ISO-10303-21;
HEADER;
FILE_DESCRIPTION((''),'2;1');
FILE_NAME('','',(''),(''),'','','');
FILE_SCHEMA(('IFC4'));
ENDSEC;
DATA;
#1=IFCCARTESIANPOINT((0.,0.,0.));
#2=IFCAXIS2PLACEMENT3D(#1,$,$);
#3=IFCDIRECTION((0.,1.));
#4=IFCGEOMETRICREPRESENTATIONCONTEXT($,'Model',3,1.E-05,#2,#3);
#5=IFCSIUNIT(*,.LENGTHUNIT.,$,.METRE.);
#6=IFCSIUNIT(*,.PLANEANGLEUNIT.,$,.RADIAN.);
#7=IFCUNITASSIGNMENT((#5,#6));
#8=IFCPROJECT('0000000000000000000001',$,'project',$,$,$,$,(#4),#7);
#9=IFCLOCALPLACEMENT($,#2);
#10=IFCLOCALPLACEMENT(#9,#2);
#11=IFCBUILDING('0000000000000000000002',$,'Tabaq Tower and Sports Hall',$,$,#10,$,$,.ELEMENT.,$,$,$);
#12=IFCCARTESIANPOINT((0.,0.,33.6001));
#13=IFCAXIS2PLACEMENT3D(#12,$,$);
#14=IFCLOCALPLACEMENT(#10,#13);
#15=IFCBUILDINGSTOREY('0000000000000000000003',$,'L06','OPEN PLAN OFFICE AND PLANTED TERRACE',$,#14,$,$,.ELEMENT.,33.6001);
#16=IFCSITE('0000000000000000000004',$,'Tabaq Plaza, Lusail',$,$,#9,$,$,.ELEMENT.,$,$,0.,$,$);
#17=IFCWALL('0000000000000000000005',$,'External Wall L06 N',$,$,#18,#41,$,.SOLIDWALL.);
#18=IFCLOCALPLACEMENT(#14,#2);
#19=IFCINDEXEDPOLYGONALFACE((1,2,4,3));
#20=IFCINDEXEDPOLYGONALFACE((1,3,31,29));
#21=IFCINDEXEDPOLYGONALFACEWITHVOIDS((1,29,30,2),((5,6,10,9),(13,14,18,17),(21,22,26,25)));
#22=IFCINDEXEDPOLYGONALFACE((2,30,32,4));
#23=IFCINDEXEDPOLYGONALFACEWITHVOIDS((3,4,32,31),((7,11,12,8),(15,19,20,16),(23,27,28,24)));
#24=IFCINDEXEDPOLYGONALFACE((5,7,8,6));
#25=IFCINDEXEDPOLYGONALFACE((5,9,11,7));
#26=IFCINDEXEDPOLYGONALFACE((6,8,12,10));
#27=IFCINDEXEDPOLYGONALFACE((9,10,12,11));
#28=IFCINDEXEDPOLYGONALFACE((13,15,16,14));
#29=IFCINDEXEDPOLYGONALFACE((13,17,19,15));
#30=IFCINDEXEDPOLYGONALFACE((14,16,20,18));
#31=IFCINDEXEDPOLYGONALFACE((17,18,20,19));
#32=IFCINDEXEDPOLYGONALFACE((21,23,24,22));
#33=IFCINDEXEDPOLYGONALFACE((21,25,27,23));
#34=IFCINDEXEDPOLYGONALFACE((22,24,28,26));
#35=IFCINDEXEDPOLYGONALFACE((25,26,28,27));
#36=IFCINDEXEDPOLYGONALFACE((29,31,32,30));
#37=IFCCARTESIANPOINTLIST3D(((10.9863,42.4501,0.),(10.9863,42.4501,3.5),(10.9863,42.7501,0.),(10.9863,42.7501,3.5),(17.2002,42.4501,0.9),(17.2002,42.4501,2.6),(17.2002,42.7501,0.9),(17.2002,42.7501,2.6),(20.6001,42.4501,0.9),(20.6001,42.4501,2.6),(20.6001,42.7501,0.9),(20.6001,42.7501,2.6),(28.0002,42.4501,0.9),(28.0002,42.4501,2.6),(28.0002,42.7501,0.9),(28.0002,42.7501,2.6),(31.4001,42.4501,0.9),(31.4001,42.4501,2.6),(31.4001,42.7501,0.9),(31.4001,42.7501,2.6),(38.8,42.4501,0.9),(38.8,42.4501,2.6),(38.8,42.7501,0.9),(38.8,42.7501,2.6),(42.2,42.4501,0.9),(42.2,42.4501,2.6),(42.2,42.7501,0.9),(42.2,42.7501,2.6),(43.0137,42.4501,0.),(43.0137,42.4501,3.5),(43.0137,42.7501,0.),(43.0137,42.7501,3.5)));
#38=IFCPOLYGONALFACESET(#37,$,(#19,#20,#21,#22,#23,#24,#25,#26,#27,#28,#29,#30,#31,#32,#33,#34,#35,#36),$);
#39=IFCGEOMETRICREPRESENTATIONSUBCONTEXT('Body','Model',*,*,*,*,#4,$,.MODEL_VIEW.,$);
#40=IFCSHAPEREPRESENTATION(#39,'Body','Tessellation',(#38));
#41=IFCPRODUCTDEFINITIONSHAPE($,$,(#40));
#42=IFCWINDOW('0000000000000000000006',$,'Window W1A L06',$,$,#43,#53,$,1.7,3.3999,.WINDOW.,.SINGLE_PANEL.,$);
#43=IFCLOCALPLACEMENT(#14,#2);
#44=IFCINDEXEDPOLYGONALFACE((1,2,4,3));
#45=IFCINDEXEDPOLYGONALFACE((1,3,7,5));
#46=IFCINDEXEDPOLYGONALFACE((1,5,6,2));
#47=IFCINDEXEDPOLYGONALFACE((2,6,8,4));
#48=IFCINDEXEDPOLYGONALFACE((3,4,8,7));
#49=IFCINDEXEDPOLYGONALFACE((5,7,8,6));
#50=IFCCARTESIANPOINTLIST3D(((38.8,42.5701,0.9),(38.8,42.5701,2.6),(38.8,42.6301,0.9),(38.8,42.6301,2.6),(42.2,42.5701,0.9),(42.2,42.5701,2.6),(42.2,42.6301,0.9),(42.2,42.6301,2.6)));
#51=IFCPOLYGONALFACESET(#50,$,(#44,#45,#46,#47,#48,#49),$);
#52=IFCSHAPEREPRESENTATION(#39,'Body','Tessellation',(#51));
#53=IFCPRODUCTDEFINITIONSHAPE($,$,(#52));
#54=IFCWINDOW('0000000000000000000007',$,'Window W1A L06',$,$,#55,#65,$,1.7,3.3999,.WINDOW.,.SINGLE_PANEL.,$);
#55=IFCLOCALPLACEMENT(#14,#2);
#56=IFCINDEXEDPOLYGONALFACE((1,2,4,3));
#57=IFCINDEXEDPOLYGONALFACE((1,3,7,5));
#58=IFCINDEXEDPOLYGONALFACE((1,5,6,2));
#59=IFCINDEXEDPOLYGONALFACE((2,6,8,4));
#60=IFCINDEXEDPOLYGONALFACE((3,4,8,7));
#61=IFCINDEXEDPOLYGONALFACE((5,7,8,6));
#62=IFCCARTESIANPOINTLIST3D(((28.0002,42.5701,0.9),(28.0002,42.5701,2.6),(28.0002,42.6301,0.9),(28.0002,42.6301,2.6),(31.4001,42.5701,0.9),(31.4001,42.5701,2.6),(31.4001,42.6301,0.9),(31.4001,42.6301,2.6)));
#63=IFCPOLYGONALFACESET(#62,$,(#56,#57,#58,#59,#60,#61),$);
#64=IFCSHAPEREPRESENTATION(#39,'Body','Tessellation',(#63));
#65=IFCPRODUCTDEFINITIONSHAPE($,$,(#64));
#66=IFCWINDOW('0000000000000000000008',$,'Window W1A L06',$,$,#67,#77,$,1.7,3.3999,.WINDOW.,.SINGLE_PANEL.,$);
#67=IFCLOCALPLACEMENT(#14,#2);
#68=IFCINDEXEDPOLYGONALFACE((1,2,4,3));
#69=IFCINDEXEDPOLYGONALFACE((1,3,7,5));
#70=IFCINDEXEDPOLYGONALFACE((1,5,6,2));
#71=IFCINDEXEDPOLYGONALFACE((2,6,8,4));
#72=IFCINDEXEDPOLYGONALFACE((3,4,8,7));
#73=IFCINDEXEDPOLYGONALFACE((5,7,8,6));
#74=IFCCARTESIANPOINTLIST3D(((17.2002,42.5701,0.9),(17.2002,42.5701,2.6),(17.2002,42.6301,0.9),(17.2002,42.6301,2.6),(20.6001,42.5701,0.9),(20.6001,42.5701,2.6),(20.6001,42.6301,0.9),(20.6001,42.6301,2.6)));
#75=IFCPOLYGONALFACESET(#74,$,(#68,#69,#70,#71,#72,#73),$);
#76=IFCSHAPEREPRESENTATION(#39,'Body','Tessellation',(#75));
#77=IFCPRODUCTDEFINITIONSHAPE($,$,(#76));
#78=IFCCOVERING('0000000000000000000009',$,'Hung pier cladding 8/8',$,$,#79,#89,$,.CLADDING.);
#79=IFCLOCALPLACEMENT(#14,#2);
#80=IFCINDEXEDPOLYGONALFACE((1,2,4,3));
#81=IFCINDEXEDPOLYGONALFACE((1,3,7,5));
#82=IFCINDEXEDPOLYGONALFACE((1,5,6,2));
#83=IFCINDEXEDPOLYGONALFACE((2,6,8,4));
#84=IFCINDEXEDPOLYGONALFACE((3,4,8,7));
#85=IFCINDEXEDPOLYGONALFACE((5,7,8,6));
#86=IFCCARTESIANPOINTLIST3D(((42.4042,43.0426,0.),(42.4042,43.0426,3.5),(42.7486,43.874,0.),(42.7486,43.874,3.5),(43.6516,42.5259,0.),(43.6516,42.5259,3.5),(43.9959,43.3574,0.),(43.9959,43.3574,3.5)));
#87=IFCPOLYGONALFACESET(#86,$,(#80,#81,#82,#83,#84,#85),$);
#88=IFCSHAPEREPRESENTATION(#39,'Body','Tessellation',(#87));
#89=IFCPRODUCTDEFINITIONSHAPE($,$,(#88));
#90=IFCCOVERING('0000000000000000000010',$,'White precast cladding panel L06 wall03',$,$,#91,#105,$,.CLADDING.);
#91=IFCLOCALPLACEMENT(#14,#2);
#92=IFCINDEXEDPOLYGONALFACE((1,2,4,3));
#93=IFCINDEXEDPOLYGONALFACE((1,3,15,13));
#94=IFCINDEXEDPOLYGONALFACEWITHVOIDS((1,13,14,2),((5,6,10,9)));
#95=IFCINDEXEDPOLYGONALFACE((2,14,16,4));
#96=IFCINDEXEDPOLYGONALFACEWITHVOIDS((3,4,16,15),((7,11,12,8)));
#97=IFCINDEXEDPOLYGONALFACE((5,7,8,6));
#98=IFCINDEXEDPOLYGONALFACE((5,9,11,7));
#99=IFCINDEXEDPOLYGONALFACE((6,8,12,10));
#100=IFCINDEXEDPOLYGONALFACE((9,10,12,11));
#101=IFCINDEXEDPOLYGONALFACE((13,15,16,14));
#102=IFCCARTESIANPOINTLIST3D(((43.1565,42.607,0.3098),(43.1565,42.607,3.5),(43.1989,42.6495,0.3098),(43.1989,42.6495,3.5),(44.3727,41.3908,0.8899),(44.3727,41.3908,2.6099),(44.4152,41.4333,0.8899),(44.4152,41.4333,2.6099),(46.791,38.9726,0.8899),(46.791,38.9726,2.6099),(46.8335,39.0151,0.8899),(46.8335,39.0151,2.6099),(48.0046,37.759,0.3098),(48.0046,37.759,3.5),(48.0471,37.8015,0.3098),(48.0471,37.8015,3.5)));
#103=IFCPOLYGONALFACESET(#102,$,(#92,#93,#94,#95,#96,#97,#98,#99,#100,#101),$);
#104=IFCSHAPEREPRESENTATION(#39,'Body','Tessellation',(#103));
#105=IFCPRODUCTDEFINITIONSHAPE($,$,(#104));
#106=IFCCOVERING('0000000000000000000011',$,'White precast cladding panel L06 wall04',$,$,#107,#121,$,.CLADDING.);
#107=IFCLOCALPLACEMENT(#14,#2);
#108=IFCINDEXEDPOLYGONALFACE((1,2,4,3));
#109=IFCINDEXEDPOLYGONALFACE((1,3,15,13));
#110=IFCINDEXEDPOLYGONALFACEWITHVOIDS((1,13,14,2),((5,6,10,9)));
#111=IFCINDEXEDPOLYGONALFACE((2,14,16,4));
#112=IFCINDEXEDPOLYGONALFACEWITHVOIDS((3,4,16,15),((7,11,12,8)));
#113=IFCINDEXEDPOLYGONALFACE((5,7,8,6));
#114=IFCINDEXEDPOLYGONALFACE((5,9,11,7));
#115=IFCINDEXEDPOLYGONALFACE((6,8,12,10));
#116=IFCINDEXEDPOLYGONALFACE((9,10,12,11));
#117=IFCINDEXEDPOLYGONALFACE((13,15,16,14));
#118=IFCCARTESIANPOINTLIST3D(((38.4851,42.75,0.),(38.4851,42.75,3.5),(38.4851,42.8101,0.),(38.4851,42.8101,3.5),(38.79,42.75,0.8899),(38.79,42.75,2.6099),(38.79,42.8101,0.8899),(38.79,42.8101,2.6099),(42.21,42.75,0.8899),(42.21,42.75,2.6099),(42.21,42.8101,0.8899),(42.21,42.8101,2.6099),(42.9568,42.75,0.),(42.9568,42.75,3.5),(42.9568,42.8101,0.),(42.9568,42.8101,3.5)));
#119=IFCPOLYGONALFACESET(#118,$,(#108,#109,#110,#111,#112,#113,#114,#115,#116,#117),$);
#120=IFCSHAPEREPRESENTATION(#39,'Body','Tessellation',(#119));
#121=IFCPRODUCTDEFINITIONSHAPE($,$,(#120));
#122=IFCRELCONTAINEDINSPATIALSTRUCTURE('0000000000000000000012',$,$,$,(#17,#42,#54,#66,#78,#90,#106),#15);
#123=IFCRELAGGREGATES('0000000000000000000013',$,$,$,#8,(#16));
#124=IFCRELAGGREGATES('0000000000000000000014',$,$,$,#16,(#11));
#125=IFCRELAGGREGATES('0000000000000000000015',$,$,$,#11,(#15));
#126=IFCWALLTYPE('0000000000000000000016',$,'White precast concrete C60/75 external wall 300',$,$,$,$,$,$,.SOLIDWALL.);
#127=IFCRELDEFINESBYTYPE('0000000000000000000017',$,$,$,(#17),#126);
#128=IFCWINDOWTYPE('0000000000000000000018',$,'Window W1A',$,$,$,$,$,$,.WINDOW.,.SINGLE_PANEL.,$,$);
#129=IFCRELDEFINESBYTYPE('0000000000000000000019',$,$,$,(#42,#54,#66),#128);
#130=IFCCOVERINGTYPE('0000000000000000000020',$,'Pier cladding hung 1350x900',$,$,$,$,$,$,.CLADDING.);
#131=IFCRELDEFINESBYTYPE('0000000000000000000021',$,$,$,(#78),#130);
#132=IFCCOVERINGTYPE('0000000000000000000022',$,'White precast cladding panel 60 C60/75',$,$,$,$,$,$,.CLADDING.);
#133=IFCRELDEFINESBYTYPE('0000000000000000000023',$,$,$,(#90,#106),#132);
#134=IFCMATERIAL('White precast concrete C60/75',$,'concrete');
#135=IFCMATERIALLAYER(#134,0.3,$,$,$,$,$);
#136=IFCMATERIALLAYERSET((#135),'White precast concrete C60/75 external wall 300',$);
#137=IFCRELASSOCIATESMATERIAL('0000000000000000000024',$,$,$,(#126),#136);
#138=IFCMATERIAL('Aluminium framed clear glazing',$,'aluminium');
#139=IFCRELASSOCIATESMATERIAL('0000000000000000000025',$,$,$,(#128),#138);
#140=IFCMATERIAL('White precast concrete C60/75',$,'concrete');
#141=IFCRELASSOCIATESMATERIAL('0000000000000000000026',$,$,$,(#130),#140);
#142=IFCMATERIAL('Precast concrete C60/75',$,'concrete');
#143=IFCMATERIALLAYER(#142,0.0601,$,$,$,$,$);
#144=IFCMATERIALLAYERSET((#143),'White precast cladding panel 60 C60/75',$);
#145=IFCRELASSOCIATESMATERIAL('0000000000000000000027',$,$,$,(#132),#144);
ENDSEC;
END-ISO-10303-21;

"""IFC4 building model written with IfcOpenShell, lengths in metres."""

from ifc_helpers import new_model, si_unit, direction, frame, frame_2d, origin, place, context, subcontext, project, spatial, polyline, rectangle, outline, extrude, material, layer, layer_set, type_object, element, fill, save


model = new_model("IFC4")

# Units and contexts
model_context = context("Model", 3, precision=1e-05, world=origin(), true_north=direction((0.0, 1.0)))
body_context = subcontext(model_context, "Body", "Model", "MODEL_VIEW")
ifc_project = project(units=[si_unit("LENGTHUNIT", "METRE"), si_unit("PLANEANGLEUNIT", "RADIAN")], contexts=[model_context])

# Site, building, storey
site_placement = place(None, origin())
site = spatial("IfcSite", under=ifc_project, at=site_placement, Name="Tabaq Plaza, Lusail", CompositionType="ELEMENT", RefElevation=0.0)
building_placement = place(site_placement, origin())
building = spatial("IfcBuilding", under=site, at=building_placement, Name="Tabaq Tower and Sports Hall", CompositionType="ELEMENT")
storey_placement = place(building_placement, frame((0.0, 0.0, 33.6001)))
storey = spatial("IfcBuildingStorey", under=building, at=storey_placement, Name="L06", Description="OPEN PLAN OFFICE AND PLANTED TERRACE", CompositionType="ELEMENT", Elevation=33.6001)

# Shared definitions
ifc_material_1 = material(Name="White precast concrete C60/75", Category="concrete")
ifc_layer_1 = layer(ifc_material_1, 0.3)
ifc_layer_set_1 = layer_set([ifc_layer_1], Name="White precast concrete C60/75 external wall 300")
wall_type_1 = type_object("IfcWallType", Name="White precast concrete C60/75 external wall 300", PredefinedType="SOLIDWALL", material=ifc_layer_set_1)
ifc_material_2 = material(Name="Aluminium framed clear glazing", Category="aluminium")
window_type = type_object("IfcWindowType", Name="Window W1A", PartitioningType="SINGLE_PANEL", PredefinedType="WINDOW", material=ifc_material_2)

# Wall, openings, windows
wall_1_placement = place(storey_placement, frame((43.0137, 42.6001, 0.0), z_axis=(0.0, 0.0, 1.0), x_axis=(-1.0, 0.0, 0.0)))
wall_1 = element("IfcWall", 1, at=wall_1_placement, inside=storey, type_object=wall_type_1, Name="External Wall L06 N", PredefinedType="SOLIDWALL", context=body_context, shape_type="SweptSolid", body=[
    extrude(rectangle(XDim=32.0273, YDim=0.3, at=frame_2d((16.0137, 0.0))), origin(), (0.0, 0.0, 1.0), 3.5),
])
opening_1_placement = place(wall_1_placement, frame((0.8137, 0.0, 0.8999)))
opening_1 = element("IfcOpeningElement", 2, at=opening_1_placement, cuts=wall_1, PredefinedType="OPENING", context=body_context, shape_type="SweptSolid", body=[
    extrude(rectangle(XDim=3.3999, YDim=1.7, at=frame_2d((1.7, 0.8501))), frame((0.0, 0.1602, 0.0), z_axis=(0.0, -1.0, 0.0), x_axis=(1.0, 0.0, 0.0)), (0.0, 0.0, 1.0), 0.3201),
])
opening_2_placement = place(wall_1_placement, frame((11.6135, 0.0, 0.8999)))
opening_2 = element("IfcOpeningElement", 3, at=opening_2_placement, cuts=wall_1, PredefinedType="OPENING", context=body_context, shape_type="SweptSolid", body=[
    extrude(rectangle(XDim=3.3999, YDim=1.7, at=frame_2d((1.7, 0.8501))), frame((0.0, 0.1602, 0.0), z_axis=(0.0, -1.0, 0.0), x_axis=(1.0, 0.0, 0.0)), (0.0, 0.0, 1.0), 0.3201),
])
opening_3_placement = place(wall_1_placement, frame((22.4136, 0.0, 0.8999)))
opening_3 = element("IfcOpeningElement", 4, at=opening_3_placement, cuts=wall_1, PredefinedType="OPENING", context=body_context, shape_type="SweptSolid", body=[
    extrude(rectangle(XDim=3.3999, YDim=1.7, at=frame_2d((1.7, 0.8501))), frame((0.0, 0.1602, 0.0), z_axis=(0.0, -1.0, 0.0), x_axis=(1.0, 0.0, 0.0)), (0.0, 0.0, 1.0), 0.3201),
])
window_1_placement = place(opening_1_placement, origin())
window_1 = element("IfcWindow", 5, at=window_1_placement, inside=storey, type_object=window_type, Name="Window W1A L06", OverallHeight=1.7, OverallWidth=3.3999, PartitioningType="SINGLE_PANEL", PredefinedType="WINDOW", context=body_context, shape_type="SweptSolid", body=[
    extrude(rectangle(XDim=3.3999, YDim=1.7, at=frame_2d((1.7, 0.8501))), frame((0.0, 0.03, 0.0), z_axis=(0.0, -1.0, 0.0), x_axis=(1.0, 0.0, 0.0)), (0.0, 0.0, 1.0), 0.0601),
])
fill(opening_1, window_1)
window_2_placement = place(opening_2_placement, origin())
window_2 = element("IfcWindow", 6, at=window_2_placement, inside=storey, type_object=window_type, Name="Window W1A L06", OverallHeight=1.7, OverallWidth=3.3999, PartitioningType="SINGLE_PANEL", PredefinedType="WINDOW", context=body_context, shape_type="SweptSolid", body=[
    extrude(rectangle(XDim=3.3999, YDim=1.7, at=frame_2d((1.7, 0.8501))), frame((0.0, 0.03, 0.0), z_axis=(0.0, -1.0, 0.0), x_axis=(1.0, 0.0, 0.0)), (0.0, 0.0, 1.0), 0.0601),
])
fill(opening_2, window_2)
window_3_placement = place(opening_3_placement, origin())
window_3 = element("IfcWindow", 7, at=window_3_placement, inside=storey, type_object=window_type, Name="Window W1A L06", OverallHeight=1.7, OverallWidth=3.3999, PartitioningType="SINGLE_PANEL", PredefinedType="WINDOW", context=body_context, shape_type="SweptSolid", body=[
    extrude(rectangle(XDim=3.3999, YDim=1.7, at=frame_2d((1.7, 0.8501))), frame((0.0, 0.03, 0.0), z_axis=(0.0, -1.0, 0.0), x_axis=(1.0, 0.0, 0.0)), (0.0, 0.0, 1.0), 0.0601),
])
fill(opening_3, window_3)

# Coverings
ifc_material_3 = material(Name="White precast concrete C60/75", Category="concrete")
covering_type_1 = type_object("IfcCoveringType", Name="Pier cladding hung 1350x900", PredefinedType="CLADDING", material=ifc_material_3)
covering_1_placement = place(storey_placement, frame((43.8237, 42.9417, 0.0), z_axis=(0.0, 0.0, 1.0), x_axis=(-0.923893, 0.38265, 0.0)))
element("IfcCovering", 8, at=covering_1_placement, inside=storey, type_object=covering_type_1, Name="Hung pier cladding 8/8", PredefinedType="CLADDING", context=body_context, shape_type="SweptSolid", body=[
    extrude(rectangle(XDim=1.3501, YDim=0.8999, at=frame_2d((0.675, 0.0))), origin(), (0.0, 0.0, 1.0), 3.5),
])
ifc_material_4 = material(Name="Precast concrete C60/75", Category="concrete")
ifc_layer_2 = layer(ifc_material_4, 0.0601)
ifc_layer_set_2 = layer_set([ifc_layer_2], Name="White precast cladding panel 60 C60/75")
covering_type_2 = type_object("IfcCoveringType", Name="White precast cladding panel 60 C60/75", PredefinedType="CLADDING", material=ifc_layer_set_2)
covering_2_placement = place(storey_placement, frame((48.0259, 37.7803, 0.3098), z_axis=(0.0, 0.0, 1.0), x_axis=(-0.707125, 0.707089, 0.0)))
element("IfcCovering", 9, at=covering_2_placement, inside=storey, type_object=covering_type_2, Name="White precast cladding panel L06 wall03", PredefinedType="CLADDING", context=body_context, shape_type="SweptSolid", body=[
    extrude(outline(polyline([(0.0, 0.0), (6.8562, 0.0), (6.8562, 3.1902), (0.0, 3.1902), (0.0, 0.0)]), holes=[polyline([(1.7163, 0.5801), (1.7163, 2.3), (5.1362, 2.3), (5.1362, 0.5801), (1.7163, 0.5801)])]), frame((0.0, 0.03, 0.0), z_axis=(0.0, -1.0, 0.0), x_axis=(1.0, 0.0, 0.0)), (0.0, 0.0, 1.0), 0.0601),
])
covering_3_placement = place(storey_placement, frame((42.9568, 42.78, 0.0), z_axis=(0.0, 0.0, 1.0), x_axis=(-1.0, 0.0, 0.0)))
element("IfcCovering", 10, at=covering_3_placement, inside=storey, type_object=covering_type_2, Name="White precast cladding panel L06 wall04", PredefinedType="CLADDING", context=body_context, shape_type="SweptSolid", body=[
    extrude(outline(polyline([(0.0, 0.0), (4.4717, 0.0), (4.4717, 3.5), (0.0, 3.5), (0.0, 0.0)]), holes=[polyline([(0.7468, 0.8899), (0.7468, 2.6099), (4.1667, 2.6099), (4.1667, 0.8899), (0.7468, 0.8899)])]), frame((0.0, 0.03, 0.0), z_axis=(0.0, -1.0, 0.0), x_axis=(1.0, 0.0, 0.0)), (0.0, 0.0, 1.0), 0.0601),
])

save(model, "model.ifc")
